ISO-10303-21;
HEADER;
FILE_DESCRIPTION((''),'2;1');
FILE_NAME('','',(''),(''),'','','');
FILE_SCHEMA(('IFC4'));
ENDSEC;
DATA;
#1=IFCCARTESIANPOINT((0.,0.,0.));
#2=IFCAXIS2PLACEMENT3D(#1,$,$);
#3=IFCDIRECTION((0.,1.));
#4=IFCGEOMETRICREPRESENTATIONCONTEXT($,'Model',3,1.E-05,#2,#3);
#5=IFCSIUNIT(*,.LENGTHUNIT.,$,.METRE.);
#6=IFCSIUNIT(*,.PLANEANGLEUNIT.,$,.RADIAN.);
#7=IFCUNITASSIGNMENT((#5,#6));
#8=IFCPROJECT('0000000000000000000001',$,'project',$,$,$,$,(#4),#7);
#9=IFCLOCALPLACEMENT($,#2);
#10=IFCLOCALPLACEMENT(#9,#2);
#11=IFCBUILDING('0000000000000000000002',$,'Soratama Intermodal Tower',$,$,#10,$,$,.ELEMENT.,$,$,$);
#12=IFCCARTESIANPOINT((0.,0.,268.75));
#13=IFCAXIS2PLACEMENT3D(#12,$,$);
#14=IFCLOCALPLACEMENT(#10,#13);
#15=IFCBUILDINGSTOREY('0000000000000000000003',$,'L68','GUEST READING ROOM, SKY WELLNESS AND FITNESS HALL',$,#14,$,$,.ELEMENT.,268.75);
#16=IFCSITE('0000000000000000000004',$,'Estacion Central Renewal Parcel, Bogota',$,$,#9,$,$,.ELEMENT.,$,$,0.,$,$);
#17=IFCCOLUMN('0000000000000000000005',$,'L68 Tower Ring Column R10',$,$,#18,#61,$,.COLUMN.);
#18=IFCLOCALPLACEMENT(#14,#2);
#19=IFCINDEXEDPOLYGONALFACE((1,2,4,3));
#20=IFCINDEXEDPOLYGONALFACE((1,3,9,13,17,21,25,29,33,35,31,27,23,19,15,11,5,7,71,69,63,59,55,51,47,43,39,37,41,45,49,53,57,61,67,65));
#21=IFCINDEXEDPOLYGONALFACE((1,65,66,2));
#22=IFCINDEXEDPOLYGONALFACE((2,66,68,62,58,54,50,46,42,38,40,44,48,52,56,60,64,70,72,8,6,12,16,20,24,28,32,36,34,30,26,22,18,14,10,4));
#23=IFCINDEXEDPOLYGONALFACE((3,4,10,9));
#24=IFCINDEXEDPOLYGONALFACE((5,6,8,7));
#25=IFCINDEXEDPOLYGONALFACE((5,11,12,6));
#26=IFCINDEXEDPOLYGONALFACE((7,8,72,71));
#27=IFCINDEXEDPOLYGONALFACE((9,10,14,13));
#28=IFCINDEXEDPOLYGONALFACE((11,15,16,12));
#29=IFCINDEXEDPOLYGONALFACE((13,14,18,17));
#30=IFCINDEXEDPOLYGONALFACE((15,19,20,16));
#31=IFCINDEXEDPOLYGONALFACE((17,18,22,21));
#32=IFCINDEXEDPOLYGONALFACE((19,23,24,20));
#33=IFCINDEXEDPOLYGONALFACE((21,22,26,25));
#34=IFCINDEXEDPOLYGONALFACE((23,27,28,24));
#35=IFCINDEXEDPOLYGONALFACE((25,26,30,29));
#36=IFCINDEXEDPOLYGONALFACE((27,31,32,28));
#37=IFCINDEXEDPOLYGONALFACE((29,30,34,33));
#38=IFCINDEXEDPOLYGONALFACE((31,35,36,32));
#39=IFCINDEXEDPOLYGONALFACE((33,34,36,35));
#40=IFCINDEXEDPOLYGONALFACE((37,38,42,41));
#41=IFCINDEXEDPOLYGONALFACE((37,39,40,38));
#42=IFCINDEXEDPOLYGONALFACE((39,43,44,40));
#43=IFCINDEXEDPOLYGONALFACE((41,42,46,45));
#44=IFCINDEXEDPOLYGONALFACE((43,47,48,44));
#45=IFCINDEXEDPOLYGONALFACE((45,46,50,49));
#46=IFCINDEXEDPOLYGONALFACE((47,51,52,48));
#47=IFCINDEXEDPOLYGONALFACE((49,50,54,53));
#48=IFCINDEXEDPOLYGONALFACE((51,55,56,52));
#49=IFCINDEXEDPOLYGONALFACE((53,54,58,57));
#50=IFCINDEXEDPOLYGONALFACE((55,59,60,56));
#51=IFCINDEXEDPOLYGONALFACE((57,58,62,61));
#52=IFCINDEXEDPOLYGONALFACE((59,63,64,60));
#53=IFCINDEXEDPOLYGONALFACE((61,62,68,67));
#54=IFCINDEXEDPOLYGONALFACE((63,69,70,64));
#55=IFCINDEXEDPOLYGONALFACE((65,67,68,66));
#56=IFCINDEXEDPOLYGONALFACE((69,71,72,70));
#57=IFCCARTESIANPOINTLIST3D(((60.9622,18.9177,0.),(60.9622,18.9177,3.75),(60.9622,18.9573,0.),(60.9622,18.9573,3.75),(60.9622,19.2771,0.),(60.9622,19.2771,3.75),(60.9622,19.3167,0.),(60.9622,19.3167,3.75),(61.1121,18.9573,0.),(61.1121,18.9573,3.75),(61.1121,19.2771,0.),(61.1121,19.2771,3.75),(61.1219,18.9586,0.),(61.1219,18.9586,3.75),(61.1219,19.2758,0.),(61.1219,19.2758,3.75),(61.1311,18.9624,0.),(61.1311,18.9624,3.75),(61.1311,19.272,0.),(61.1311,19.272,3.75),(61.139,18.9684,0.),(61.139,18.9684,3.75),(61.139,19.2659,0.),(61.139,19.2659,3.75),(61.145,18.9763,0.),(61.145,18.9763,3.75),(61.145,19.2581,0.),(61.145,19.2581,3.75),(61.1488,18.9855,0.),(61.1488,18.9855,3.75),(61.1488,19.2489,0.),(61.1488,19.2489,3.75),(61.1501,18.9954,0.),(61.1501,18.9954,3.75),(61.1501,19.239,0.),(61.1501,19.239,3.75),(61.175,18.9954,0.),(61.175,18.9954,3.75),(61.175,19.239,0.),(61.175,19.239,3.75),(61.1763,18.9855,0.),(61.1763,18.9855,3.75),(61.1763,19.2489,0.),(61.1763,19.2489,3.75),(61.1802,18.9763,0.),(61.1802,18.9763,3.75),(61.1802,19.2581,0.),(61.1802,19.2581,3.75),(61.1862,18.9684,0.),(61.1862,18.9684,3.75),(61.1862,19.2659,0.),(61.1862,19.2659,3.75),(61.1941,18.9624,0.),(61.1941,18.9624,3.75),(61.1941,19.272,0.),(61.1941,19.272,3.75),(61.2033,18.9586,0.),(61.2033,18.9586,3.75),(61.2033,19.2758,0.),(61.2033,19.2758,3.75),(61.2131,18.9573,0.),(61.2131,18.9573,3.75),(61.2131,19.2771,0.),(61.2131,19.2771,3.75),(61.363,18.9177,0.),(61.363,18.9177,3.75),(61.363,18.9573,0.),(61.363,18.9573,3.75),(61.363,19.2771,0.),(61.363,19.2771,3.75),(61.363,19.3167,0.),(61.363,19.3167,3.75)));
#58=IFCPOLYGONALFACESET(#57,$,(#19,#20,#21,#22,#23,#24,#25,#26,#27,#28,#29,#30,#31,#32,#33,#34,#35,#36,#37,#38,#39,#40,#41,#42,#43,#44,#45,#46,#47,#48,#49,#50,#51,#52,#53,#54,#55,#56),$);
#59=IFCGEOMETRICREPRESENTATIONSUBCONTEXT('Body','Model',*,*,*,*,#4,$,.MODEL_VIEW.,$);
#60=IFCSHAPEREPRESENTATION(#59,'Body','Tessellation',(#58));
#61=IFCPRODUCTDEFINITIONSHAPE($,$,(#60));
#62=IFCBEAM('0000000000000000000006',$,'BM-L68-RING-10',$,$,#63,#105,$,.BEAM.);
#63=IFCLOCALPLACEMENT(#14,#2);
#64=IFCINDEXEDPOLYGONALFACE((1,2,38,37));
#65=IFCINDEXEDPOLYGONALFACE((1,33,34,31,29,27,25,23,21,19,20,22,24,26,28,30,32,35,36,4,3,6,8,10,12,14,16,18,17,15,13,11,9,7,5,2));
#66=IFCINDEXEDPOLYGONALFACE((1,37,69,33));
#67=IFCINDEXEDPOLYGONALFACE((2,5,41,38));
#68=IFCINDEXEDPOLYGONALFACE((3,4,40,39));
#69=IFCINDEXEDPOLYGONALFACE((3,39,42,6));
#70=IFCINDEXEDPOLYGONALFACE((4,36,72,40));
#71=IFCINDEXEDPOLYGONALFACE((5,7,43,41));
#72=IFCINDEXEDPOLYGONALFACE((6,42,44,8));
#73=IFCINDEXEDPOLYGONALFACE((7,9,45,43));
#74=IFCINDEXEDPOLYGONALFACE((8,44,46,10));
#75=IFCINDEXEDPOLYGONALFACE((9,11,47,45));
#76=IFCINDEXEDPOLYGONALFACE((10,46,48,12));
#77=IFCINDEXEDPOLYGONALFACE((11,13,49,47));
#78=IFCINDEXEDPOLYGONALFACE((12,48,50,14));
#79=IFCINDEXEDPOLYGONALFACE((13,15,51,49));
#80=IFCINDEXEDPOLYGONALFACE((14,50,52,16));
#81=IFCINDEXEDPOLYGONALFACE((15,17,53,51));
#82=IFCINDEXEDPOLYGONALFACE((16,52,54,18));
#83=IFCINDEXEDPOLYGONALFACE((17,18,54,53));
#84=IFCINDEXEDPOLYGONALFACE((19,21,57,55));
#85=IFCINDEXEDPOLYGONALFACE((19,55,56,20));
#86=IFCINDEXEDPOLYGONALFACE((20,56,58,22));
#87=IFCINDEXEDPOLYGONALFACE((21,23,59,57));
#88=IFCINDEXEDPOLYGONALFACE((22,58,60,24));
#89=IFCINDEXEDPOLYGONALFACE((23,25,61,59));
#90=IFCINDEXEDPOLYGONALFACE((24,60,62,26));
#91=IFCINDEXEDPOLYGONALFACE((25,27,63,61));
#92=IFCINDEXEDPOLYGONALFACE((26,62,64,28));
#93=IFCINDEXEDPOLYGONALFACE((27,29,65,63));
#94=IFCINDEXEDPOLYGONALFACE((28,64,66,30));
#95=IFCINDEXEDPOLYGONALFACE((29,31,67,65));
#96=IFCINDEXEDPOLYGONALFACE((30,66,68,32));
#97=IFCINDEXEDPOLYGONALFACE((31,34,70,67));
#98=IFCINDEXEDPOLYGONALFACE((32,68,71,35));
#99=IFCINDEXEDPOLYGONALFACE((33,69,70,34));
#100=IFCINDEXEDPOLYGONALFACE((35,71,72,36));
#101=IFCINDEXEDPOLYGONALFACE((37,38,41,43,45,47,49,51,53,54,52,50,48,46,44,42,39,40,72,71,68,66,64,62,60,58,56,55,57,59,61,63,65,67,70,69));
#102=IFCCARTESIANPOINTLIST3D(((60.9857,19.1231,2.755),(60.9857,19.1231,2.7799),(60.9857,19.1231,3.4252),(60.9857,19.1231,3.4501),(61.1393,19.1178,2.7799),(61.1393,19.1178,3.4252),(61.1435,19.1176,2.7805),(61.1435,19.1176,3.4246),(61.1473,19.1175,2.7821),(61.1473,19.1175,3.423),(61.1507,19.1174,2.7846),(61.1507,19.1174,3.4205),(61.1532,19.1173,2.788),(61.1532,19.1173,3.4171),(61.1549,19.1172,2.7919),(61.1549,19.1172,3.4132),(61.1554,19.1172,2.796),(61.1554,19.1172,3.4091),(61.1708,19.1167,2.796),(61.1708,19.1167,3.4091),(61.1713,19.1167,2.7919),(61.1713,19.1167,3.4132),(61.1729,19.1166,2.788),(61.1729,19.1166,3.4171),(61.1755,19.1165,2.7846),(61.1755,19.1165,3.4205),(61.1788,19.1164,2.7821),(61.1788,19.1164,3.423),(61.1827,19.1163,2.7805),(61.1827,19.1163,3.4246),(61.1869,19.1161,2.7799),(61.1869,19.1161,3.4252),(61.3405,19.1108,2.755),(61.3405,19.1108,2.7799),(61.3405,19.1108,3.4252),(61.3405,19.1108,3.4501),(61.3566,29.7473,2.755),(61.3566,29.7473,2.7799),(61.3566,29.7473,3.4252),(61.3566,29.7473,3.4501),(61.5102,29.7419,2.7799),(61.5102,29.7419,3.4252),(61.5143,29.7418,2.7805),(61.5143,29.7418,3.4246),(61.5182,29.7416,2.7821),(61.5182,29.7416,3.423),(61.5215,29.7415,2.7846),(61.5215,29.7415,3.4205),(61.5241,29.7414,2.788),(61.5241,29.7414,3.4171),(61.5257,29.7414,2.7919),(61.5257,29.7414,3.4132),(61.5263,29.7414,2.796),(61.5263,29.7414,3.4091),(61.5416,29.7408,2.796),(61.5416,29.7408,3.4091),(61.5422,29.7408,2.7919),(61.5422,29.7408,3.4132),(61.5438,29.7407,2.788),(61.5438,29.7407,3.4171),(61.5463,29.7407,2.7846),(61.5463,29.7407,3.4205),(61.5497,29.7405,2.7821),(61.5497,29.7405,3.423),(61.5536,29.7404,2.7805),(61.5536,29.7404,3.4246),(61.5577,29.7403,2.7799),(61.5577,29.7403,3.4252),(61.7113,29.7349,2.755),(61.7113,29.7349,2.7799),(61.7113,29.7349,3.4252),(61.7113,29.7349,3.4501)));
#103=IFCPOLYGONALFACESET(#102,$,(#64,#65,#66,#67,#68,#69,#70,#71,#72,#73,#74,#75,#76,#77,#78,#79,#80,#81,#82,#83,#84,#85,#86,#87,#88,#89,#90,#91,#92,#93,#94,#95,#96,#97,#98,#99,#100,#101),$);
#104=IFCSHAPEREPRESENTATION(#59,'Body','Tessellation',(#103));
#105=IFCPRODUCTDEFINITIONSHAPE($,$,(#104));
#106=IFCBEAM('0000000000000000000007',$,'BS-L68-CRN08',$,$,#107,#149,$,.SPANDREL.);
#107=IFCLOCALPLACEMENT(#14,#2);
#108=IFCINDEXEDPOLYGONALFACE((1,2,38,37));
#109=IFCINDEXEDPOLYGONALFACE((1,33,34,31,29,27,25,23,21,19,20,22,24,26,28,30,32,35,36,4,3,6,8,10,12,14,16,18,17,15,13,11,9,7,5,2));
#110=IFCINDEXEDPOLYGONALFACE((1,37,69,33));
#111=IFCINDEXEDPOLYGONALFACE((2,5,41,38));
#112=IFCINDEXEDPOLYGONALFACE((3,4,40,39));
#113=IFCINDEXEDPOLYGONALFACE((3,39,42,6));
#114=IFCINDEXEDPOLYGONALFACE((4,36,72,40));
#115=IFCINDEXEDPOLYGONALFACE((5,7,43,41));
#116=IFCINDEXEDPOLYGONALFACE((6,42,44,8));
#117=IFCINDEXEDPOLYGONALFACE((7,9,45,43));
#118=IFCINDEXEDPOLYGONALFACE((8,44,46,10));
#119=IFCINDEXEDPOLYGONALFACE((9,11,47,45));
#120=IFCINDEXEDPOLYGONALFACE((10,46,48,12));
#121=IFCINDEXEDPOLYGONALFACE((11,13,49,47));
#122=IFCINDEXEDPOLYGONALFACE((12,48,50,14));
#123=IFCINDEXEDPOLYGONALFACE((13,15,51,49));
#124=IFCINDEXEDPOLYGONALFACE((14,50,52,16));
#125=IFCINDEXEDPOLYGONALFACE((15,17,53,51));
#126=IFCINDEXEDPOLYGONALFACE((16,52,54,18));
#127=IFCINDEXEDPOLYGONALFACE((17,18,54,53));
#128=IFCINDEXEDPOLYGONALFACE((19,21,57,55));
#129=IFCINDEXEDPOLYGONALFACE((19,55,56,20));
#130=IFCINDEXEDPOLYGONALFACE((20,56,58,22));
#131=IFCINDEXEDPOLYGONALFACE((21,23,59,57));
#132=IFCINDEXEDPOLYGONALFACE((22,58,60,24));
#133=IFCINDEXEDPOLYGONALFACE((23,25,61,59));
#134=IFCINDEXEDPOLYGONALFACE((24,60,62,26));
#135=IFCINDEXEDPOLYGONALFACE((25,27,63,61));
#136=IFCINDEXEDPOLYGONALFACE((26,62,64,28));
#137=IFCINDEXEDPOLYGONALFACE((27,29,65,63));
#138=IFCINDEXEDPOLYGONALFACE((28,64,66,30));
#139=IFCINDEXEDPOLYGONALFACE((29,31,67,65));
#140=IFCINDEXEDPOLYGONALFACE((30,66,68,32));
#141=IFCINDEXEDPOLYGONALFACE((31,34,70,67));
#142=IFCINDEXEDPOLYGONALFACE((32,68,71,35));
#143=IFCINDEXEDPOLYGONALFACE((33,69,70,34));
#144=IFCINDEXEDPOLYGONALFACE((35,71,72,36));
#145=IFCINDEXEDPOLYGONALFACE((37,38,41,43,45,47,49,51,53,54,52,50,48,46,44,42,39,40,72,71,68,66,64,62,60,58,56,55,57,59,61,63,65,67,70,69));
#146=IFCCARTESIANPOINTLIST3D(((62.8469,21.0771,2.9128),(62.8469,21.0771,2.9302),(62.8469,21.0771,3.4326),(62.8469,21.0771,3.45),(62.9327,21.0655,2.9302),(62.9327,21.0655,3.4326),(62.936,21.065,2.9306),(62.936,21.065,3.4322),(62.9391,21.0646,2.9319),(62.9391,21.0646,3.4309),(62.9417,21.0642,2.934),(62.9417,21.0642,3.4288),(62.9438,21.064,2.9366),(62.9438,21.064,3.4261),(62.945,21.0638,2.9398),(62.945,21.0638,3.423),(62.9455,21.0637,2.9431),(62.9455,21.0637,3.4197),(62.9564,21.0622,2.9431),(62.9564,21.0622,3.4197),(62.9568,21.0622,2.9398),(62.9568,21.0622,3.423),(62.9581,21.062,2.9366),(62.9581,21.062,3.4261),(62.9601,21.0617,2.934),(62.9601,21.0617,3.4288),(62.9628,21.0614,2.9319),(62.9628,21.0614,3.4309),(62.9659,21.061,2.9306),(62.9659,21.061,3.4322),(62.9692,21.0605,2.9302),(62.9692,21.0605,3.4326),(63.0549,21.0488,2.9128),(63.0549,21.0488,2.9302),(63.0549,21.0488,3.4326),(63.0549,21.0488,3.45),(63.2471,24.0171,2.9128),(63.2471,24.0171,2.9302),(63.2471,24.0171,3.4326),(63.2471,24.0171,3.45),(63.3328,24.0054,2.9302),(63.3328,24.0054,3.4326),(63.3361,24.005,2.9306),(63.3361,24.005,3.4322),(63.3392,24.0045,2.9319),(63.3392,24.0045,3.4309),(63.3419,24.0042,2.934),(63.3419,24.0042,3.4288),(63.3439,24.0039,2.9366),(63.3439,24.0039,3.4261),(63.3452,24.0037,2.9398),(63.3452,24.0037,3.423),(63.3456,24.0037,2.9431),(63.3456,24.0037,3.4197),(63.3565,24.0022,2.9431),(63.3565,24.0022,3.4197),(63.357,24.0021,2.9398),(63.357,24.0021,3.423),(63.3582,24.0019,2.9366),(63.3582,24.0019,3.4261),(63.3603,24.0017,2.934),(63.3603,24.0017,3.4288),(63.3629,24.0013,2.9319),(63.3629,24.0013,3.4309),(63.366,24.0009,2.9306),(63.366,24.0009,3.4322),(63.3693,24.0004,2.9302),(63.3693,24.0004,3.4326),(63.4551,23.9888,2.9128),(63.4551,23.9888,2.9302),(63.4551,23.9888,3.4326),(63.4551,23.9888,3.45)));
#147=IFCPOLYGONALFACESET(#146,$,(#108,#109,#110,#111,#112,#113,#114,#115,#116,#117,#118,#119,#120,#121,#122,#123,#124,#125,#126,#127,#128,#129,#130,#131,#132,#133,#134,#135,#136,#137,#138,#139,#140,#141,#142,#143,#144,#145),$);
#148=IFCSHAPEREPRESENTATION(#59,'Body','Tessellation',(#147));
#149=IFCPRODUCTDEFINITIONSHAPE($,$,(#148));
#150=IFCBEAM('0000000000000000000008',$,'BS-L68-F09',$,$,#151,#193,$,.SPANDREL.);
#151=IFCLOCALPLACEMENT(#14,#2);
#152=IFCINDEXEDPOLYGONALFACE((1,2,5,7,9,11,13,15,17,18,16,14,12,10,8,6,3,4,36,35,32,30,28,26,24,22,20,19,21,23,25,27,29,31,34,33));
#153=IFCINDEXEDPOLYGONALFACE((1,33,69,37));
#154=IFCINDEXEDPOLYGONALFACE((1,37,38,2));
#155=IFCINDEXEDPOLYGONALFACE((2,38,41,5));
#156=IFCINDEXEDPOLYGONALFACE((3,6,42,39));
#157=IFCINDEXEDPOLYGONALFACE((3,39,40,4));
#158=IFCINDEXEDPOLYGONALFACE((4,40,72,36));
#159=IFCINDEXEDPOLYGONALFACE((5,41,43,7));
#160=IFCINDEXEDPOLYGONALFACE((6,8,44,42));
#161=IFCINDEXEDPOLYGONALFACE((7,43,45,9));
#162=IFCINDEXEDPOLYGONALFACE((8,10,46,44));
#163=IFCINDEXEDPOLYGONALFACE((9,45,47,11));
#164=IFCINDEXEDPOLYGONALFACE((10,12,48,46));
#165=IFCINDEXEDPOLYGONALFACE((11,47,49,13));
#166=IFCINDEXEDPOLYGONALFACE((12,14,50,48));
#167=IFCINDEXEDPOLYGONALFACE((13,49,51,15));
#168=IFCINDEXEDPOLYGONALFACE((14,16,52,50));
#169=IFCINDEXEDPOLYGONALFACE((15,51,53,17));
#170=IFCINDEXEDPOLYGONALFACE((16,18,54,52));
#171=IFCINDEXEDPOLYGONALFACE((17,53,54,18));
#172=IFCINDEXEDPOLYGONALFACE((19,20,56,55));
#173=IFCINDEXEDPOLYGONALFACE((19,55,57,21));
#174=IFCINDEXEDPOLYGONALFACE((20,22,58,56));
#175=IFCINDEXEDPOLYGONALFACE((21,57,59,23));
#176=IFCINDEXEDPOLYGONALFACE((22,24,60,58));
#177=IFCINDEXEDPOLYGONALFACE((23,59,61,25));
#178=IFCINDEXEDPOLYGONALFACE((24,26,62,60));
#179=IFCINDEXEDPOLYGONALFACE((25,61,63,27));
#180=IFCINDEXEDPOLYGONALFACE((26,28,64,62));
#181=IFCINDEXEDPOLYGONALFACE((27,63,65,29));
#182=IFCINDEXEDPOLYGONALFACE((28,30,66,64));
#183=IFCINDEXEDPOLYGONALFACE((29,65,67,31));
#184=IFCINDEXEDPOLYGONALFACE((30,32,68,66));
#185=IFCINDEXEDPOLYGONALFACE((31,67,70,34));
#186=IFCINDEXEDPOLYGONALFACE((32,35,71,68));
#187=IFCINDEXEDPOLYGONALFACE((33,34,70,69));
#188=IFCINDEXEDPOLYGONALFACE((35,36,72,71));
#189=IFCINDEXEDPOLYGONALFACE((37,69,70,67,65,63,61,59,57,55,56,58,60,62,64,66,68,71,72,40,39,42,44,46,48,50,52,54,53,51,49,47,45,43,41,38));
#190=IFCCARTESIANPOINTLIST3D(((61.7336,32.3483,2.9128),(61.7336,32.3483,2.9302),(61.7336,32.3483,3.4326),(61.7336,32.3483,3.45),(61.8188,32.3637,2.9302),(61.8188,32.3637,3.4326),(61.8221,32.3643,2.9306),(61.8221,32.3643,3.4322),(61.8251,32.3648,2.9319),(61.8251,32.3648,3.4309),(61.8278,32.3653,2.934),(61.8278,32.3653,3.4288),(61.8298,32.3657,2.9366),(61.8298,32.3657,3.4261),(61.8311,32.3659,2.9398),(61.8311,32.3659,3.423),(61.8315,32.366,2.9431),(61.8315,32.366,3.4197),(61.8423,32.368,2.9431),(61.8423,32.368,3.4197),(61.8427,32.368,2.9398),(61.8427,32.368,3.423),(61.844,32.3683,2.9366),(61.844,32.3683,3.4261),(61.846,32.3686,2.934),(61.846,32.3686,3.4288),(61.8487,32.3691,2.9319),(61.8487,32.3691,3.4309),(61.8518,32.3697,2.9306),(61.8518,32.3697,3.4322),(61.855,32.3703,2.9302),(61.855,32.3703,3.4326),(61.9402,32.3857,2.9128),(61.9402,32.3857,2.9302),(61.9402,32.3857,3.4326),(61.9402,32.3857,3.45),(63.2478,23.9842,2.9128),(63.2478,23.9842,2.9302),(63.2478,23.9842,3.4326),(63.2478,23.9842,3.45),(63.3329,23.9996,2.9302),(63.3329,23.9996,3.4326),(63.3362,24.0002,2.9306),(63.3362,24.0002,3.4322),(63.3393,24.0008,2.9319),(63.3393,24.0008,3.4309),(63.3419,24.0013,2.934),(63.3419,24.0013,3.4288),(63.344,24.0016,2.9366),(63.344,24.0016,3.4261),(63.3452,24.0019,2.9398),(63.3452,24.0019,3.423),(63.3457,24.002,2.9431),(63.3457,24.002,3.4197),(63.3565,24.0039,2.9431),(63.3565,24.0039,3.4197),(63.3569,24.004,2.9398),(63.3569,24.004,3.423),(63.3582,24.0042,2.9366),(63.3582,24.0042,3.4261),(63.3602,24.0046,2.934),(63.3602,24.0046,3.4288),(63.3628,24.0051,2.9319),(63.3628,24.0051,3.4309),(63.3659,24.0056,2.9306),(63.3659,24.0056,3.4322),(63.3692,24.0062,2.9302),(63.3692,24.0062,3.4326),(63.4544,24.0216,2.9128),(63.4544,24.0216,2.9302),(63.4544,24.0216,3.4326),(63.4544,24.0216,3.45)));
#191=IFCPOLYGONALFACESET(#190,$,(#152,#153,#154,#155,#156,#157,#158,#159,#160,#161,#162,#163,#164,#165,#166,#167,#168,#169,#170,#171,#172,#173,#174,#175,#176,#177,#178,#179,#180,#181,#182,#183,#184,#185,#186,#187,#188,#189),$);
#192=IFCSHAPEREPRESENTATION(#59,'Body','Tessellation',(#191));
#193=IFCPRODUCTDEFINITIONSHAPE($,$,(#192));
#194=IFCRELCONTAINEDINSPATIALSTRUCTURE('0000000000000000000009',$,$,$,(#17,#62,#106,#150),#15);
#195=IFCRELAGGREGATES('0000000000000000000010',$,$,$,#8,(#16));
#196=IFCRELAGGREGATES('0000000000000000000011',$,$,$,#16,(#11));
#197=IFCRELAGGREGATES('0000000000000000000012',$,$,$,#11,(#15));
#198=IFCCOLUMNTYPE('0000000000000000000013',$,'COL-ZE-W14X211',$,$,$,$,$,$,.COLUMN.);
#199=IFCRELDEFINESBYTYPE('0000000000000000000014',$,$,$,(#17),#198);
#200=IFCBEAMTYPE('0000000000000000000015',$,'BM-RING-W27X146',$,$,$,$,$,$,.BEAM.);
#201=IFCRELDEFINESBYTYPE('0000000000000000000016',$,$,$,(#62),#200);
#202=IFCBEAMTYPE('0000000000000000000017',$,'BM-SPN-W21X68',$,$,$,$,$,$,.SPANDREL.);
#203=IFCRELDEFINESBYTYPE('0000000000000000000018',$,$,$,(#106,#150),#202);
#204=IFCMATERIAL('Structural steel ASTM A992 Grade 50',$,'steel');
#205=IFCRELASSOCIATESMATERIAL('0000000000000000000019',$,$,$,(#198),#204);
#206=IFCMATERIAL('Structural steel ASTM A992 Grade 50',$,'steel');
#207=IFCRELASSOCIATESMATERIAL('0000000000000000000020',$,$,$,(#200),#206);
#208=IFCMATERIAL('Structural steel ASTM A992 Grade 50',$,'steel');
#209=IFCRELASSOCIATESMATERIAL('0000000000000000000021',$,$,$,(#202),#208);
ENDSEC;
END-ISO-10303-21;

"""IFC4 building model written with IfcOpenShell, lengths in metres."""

from ifc_helpers import new_model, si_unit, direction, frame, origin, origin_2d, place, context, subcontext, project, spatial, i_section, extrude, material, material_profile, profile_set, type_object, element, save


model = new_model("IFC4")

# Units and contexts
model_context = context("Model", 3, precision=1e-05, world=origin(), true_north=direction((0.0, 1.0)))
body_context = subcontext(model_context, "Body", "Model", "MODEL_VIEW")
ifc_project = project(units=[si_unit("LENGTHUNIT", "METRE"), si_unit("PLANEANGLEUNIT", "RADIAN")], contexts=[model_context])

# Site, building, storey
site_placement = place(None, origin())
site = spatial("IfcSite", under=ifc_project, at=site_placement, Name="Estacion Central Renewal Parcel, Bogota", CompositionType="ELEMENT", RefElevation=0.0)
building_placement = place(site_placement, origin())
building = spatial("IfcBuilding", under=site, at=building_placement, Name="Soratama Intermodal Tower", CompositionType="ELEMENT")
storey_placement = place(building_placement, frame((0.0, 0.0, 268.75)))
storey = spatial("IfcBuildingStorey", under=building, at=storey_placement, Name="L68", Description="GUEST READING ROOM, SKY WELLNESS AND FITNESS HALL", CompositionType="ELEMENT", Elevation=268.75)

# Column
ifc_material_1 = material(Name="Structural steel ASTM A992 Grade 50", Category="steel")
ifc_material_profile_1 = material_profile(ifc_material_1, i_section(OverallWidth=0.4009, OverallDepth=0.3989, WebThickness=0.0249, FlangeThickness=0.0396, FilletRadius=0.0381, at=origin_2d()), Name="W14X211")
ifc_profile_set_1 = profile_set([ifc_material_profile_1], Name="Structural steel ASTM A992 Grade 50")
column_type = type_object("IfcColumnType", Name="COL-ZE-W14X211", PredefinedType="COLUMN", material=ifc_profile_set_1)
column_placement = place(storey_placement, frame((61.1626, 19.1172, 0.0), z_axis=(0.0, 0.0, 1.0), x_axis=(1.0, 0.0, 0.0)))
element("IfcColumn", 1, at=column_placement, inside=storey, type_object=column_type, Name="L68 Tower Ring Column R10", PredefinedType="COLUMN", context=body_context, shape_type="SweptSolid", body=[
    extrude(i_section(OverallWidth=0.4009, OverallDepth=0.3989, WebThickness=0.0249, FlangeThickness=0.0396, FilletRadius=0.0381, at=origin_2d()), origin(), (0.0, 0.0, 1.0), 3.75),
])

# Beams
ifc_material_2 = material(Name="Structural steel ASTM A992 Grade 50", Category="steel")
ifc_material_profile_2 = material_profile(ifc_material_2, i_section(OverallWidth=0.355, OverallDepth=0.6951, WebThickness=0.0154, FlangeThickness=0.0249, FilletRadius=0.0161, at=origin_2d()), Name="W27X146")
ifc_profile_set_2 = profile_set([ifc_material_profile_2], Name="Structural steel ASTM A992 Grade 50")
beam_type_1 = type_object("IfcBeamType", Name="BM-RING-W27X146", PredefinedType="BEAM", material=ifc_profile_set_2)
beam_1_placement = place(storey_placement, frame((61.1631, 19.1169, 3.1025), z_axis=(0.034885, 0.999391, 0.0), x_axis=(-0.999391, 0.034885, 0.0)))
element("IfcBeam", 2, at=beam_1_placement, inside=storey, type_object=beam_type_1, Name="BM-L68-RING-10", PredefinedType="BEAM", context=body_context, shape_type="SweptSolid", body=[
    extrude(i_section(OverallWidth=0.355, OverallDepth=0.6951, WebThickness=0.0154, FlangeThickness=0.0249, FilletRadius=0.0161, at=origin_2d()), origin(), (0.0, 0.0, 1.0), 10.6306),
])
ifc_material_3 = material(Name="Structural steel ASTM A992 Grade 50", Category="steel")
ifc_material_profile_3 = material_profile(ifc_material_3, i_section(OverallWidth=0.21, OverallDepth=0.5371, WebThickness=0.011, FlangeThickness=0.0173, FilletRadius=0.0129, at=origin_2d()), Name="W21X68")
ifc_profile_set_3 = profile_set([ifc_material_profile_3], Name="Structural steel ASTM A992 Grade 50")
beam_type_2 = type_object("IfcBeamType", Name="BM-SPN-W21X68", PredefinedType="SPANDREL", material=ifc_profile_set_3)
beam_2_placement = place(storey_placement, frame((62.9509, 21.063, 3.1814), z_axis=(0.134864, 0.990864, 0.0), x_axis=(-0.990864, 0.134864, 0.0)))
element("IfcBeam", 3, at=beam_2_placement, inside=storey, type_object=beam_type_2, Name="BS-L68-CRN08", PredefinedType="SPANDREL", context=body_context, shape_type="SweptSolid", body=[
    extrude(i_section(OverallWidth=0.21, OverallDepth=0.5371, WebThickness=0.011, FlangeThickness=0.0173, FilletRadius=0.0129, at=origin_2d()), origin(), (0.0, 0.0, 1.0), 2.967),
])
beam_3_placement = place(storey_placement, frame((63.3511, 24.0029, 3.1814), z_axis=(-0.178137, 0.984006, 0.0), x_axis=(-0.984006, -0.178137, 0.0)))
element("IfcBeam", 4, at=beam_3_placement, inside=storey, type_object=beam_type_2, Name="BS-L68-F09", PredefinedType="SPANDREL", context=body_context, shape_type="SweptSolid", body=[
    extrude(i_section(OverallWidth=0.21, OverallDepth=0.5371, WebThickness=0.011, FlangeThickness=0.0173, FilletRadius=0.0129, at=origin_2d()), origin(), (0.0, 0.0, 1.0), 8.5),
])

save(model, "model.ifc")
